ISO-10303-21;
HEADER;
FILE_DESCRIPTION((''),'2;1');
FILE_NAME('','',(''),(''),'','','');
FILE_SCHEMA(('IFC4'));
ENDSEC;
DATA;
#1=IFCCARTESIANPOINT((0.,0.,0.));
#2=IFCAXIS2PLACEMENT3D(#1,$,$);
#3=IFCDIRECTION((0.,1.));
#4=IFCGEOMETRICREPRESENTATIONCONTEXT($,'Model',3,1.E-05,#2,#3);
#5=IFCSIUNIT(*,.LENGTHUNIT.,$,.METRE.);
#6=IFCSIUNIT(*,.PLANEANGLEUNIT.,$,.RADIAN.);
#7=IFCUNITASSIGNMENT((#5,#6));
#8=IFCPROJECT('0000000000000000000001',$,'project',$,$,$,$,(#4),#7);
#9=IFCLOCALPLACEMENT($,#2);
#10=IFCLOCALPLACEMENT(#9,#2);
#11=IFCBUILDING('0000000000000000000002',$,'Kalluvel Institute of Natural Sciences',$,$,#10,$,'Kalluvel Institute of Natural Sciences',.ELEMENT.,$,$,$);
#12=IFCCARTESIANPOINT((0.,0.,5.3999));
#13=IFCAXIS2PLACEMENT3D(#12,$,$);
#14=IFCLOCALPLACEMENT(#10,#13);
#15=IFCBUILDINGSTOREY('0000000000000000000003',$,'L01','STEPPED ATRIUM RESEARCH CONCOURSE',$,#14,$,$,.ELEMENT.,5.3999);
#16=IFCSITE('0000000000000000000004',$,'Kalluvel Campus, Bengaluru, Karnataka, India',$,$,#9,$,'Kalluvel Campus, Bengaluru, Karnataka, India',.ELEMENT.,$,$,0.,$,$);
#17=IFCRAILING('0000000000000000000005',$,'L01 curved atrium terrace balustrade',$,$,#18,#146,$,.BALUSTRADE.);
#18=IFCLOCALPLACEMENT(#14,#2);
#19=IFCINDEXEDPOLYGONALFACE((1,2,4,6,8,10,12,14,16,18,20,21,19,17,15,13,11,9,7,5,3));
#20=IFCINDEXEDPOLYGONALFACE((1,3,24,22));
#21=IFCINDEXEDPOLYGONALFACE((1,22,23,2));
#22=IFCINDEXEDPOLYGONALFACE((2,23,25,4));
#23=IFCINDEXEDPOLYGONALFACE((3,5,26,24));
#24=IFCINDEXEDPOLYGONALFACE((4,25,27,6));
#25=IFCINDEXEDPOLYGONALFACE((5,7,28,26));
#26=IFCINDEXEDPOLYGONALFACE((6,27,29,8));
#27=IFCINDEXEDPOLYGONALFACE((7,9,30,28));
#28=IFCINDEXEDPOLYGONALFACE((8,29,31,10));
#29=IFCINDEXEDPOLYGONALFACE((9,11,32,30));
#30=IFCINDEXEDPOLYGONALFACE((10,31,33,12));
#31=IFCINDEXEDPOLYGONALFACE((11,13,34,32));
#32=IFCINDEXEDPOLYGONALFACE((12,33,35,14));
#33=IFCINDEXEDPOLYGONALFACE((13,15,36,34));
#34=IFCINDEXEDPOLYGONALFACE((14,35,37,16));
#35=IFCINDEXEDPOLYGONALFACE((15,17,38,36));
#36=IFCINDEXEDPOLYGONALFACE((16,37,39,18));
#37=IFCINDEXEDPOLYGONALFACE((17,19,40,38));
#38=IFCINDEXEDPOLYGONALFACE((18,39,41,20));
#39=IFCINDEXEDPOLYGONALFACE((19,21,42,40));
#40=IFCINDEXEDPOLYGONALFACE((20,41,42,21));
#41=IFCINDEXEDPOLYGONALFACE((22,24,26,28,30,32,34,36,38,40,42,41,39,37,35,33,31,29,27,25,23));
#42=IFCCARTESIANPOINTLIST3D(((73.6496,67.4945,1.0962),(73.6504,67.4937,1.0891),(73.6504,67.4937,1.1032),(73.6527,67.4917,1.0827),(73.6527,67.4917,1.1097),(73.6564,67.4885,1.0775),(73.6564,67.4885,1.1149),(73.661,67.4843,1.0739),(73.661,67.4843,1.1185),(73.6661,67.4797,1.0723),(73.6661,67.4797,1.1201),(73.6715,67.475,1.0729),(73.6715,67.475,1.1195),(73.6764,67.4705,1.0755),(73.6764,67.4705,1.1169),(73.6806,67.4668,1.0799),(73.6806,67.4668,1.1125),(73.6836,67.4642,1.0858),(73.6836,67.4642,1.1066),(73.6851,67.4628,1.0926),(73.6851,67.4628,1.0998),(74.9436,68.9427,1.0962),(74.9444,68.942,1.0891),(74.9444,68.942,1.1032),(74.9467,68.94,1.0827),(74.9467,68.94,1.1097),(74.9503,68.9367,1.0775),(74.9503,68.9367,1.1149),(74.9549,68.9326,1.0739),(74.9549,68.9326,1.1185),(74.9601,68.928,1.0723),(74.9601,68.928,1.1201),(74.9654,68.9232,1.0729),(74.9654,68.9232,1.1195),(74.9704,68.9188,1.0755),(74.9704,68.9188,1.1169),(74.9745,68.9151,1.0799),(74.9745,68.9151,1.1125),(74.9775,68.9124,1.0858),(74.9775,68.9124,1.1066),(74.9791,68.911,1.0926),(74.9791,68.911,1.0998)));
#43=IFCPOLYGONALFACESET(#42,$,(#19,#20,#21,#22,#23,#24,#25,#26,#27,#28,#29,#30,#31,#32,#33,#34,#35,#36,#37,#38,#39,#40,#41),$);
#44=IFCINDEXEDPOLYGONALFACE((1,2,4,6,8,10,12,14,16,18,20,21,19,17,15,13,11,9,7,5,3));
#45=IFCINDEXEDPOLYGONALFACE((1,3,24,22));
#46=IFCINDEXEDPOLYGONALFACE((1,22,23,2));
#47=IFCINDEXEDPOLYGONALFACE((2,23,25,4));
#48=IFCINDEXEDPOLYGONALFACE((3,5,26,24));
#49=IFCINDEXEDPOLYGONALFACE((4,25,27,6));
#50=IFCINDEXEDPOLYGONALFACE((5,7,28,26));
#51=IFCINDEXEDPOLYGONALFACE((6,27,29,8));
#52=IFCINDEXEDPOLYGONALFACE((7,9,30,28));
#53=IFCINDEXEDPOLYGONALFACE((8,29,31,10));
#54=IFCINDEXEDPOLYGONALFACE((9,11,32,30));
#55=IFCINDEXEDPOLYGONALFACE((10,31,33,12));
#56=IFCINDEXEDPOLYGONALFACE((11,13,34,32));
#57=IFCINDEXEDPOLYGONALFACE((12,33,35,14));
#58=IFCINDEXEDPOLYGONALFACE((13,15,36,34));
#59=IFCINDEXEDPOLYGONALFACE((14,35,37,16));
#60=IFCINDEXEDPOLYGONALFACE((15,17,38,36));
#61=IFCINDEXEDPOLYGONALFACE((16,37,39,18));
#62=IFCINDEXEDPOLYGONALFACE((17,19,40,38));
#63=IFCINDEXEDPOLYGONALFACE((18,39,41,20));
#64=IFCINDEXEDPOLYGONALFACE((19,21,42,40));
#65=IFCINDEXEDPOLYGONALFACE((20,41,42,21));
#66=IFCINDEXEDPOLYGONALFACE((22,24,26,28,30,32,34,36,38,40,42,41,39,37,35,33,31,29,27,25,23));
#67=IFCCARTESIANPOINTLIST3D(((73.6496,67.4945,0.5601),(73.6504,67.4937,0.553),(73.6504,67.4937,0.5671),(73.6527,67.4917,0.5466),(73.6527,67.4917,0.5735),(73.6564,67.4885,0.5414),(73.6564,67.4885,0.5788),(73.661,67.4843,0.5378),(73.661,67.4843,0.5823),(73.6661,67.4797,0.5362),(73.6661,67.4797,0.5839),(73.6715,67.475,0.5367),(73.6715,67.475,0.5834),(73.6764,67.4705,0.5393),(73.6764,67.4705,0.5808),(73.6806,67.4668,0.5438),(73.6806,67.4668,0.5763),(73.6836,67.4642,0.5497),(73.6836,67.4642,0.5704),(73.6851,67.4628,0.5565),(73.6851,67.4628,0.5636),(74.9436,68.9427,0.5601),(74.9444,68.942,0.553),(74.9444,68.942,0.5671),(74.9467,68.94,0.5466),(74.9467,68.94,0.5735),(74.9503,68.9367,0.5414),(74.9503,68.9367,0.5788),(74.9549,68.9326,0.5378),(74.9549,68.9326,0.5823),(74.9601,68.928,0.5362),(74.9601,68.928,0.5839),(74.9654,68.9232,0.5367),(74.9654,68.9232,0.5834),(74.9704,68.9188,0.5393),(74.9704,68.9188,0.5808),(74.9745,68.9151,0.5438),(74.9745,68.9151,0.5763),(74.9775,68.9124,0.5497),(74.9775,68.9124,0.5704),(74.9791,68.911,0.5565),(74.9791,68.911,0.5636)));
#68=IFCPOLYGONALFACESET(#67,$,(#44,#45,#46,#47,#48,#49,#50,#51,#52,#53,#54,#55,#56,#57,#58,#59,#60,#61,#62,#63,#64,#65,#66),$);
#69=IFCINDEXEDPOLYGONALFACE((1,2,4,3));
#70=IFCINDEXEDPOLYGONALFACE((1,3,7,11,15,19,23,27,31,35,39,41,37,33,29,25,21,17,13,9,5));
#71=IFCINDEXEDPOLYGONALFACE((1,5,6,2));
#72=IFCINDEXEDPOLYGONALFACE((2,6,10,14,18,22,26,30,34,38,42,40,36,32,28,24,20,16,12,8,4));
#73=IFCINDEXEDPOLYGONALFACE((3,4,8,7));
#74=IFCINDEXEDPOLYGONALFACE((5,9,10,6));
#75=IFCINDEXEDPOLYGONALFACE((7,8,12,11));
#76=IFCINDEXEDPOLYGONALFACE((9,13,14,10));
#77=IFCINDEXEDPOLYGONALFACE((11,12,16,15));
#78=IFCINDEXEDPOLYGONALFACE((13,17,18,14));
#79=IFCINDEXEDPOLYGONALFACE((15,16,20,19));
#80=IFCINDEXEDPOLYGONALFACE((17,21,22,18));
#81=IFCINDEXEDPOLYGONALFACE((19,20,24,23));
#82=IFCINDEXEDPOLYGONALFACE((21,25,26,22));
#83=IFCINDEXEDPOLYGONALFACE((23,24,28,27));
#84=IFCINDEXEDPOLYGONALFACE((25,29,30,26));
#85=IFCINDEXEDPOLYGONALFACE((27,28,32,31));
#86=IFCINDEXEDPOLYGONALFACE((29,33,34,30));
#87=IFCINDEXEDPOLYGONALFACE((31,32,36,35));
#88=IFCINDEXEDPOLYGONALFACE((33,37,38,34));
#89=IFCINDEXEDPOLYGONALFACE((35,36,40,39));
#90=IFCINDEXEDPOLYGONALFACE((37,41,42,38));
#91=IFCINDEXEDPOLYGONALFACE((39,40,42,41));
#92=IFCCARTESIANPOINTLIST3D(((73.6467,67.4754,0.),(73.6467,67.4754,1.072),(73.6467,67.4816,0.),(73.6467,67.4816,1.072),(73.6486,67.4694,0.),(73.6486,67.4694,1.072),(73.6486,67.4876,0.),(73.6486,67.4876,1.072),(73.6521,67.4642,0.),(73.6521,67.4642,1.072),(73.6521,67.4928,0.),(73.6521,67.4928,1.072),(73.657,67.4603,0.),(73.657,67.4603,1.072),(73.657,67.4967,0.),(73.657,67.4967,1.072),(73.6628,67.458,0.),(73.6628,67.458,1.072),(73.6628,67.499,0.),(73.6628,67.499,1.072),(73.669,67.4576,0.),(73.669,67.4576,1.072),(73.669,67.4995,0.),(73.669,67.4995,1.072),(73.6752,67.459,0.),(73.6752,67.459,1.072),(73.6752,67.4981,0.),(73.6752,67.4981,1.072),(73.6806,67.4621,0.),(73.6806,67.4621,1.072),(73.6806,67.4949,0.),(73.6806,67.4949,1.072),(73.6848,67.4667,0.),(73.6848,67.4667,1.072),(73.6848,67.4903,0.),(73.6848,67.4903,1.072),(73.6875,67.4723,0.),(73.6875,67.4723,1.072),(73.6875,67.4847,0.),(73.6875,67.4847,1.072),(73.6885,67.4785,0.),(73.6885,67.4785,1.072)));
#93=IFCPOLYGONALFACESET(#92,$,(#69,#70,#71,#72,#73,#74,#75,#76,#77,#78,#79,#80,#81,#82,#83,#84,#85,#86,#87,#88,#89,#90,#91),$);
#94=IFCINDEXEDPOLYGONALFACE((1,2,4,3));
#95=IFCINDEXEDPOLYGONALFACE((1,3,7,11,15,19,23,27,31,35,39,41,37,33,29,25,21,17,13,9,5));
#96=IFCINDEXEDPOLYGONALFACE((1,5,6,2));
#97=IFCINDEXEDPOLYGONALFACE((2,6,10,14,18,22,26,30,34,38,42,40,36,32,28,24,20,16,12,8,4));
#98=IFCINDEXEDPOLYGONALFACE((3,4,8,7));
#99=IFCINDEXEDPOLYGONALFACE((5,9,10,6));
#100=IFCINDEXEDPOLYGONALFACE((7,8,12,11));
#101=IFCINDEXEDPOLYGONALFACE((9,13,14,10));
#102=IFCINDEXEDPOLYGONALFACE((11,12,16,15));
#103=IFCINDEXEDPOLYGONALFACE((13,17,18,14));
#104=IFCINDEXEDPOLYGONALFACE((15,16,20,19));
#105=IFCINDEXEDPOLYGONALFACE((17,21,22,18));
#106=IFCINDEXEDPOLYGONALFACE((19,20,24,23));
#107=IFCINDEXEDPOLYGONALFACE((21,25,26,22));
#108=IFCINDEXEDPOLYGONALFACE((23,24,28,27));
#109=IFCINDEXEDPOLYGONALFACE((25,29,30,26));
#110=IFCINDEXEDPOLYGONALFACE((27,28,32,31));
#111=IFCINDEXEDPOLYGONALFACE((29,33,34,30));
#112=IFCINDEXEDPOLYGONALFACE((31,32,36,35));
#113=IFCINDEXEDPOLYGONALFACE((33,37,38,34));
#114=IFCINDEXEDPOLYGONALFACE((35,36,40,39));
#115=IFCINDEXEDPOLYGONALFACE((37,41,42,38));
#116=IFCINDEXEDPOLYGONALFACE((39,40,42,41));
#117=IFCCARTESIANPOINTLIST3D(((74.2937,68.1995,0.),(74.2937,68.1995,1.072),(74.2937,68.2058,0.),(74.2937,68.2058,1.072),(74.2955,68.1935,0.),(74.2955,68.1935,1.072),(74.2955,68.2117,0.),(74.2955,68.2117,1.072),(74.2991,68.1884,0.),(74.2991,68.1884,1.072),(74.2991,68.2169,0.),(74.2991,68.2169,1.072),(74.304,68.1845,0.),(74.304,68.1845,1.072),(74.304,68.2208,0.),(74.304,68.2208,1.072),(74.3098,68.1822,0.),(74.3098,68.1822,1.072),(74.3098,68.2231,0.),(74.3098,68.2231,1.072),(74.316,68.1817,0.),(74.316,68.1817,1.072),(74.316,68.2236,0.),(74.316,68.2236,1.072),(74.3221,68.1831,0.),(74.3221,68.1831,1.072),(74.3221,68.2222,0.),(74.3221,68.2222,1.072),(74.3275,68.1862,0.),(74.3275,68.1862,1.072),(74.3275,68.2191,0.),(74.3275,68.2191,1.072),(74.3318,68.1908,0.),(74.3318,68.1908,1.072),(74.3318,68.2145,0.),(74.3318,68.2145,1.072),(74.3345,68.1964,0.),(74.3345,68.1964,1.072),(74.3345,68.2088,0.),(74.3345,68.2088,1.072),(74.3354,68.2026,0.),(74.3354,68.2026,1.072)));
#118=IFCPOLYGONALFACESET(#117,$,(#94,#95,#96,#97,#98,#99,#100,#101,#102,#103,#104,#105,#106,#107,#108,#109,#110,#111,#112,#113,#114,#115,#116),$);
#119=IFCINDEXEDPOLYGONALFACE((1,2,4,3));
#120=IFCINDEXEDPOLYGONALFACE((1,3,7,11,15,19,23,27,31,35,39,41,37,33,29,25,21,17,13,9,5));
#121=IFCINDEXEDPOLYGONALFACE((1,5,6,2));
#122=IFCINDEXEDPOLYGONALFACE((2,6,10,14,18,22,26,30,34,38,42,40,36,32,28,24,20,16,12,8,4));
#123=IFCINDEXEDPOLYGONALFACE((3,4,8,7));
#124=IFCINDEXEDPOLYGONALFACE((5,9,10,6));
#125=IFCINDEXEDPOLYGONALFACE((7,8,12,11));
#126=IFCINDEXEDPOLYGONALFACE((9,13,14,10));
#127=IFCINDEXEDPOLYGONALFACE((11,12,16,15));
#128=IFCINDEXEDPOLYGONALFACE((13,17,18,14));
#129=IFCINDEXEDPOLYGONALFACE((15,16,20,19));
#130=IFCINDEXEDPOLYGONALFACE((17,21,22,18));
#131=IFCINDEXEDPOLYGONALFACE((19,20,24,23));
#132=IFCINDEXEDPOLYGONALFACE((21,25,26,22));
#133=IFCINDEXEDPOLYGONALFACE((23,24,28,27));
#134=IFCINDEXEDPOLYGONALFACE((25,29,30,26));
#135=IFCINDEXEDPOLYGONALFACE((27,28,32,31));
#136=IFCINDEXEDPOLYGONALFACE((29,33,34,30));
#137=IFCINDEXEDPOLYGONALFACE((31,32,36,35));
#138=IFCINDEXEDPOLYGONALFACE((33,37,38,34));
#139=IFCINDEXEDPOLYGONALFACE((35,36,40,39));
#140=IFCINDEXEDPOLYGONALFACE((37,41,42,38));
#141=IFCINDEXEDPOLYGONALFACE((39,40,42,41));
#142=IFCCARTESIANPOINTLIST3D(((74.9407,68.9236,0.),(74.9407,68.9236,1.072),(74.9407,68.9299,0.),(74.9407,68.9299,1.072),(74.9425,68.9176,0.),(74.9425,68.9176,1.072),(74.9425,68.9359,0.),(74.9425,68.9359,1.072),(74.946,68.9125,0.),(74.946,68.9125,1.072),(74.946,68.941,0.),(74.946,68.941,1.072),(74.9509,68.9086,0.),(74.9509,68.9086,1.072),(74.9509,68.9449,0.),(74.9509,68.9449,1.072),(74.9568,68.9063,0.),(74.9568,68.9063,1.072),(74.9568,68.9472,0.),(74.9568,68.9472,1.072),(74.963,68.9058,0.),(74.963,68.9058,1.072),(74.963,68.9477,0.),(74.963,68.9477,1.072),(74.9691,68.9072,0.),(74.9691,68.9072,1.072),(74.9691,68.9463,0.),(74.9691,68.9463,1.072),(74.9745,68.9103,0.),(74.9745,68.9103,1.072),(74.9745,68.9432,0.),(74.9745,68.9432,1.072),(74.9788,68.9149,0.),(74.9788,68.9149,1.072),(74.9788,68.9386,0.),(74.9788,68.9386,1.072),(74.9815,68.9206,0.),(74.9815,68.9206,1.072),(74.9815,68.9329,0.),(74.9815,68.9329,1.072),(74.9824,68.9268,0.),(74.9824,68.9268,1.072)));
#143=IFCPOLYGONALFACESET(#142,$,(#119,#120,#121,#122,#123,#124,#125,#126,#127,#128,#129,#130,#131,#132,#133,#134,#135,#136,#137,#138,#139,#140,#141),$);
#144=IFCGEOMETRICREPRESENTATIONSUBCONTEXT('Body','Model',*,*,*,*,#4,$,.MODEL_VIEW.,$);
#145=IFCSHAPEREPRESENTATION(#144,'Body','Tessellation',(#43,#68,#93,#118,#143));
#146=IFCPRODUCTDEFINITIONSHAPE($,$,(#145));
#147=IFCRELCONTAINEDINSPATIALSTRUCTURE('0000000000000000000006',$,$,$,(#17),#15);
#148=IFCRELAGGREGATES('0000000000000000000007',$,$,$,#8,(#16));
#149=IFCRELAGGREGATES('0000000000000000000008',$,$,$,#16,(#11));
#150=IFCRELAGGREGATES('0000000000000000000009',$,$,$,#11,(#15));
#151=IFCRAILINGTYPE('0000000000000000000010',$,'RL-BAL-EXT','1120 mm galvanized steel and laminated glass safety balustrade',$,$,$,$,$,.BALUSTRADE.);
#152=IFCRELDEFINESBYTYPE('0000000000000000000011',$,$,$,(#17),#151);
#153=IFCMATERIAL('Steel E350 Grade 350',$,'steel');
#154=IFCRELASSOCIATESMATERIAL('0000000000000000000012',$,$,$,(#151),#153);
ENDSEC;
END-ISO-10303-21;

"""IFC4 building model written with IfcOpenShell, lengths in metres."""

from ifc_helpers import new_model, si_unit, direction, frame, origin, origin_2d, place, context, subcontext, project, spatial, circle, extrude, material, type_object, element, save


model = new_model("IFC4")

# Units and contexts
model_context = context("Model", 3, precision=1e-05, world=origin(), true_north=direction((0.0, 1.0)))
body_context = subcontext(model_context, "Body", "Model", "MODEL_VIEW")
ifc_project = project(units=[si_unit("LENGTHUNIT", "METRE"), si_unit("PLANEANGLEUNIT", "RADIAN")], contexts=[model_context])

# Site, building, storey
site_placement = place(None, origin())
site = spatial("IfcSite", under=ifc_project, at=site_placement, Name="Kalluvel Campus, Bengaluru, Karnataka, India", LongName="Kalluvel Campus, Bengaluru, Karnataka, India", CompositionType="ELEMENT", RefElevation=0.0)
building_placement = place(site_placement, origin())
building = spatial("IfcBuilding", under=site, at=building_placement, Name="Kalluvel Institute of Natural Sciences", LongName="Kalluvel Institute of Natural Sciences", CompositionType="ELEMENT")
storey_placement = place(building_placement, frame((0.0, 0.0, 5.3999)))
storey = spatial("IfcBuildingStorey", under=building, at=storey_placement, Name="L01", Description="STEPPED ATRIUM RESEARCH CONCOURSE", CompositionType="ELEMENT", Elevation=5.3999)

# Railing
ifc_material_1 = material(Name="Steel E350 Grade 350", Category="steel")
railing_type = type_object("IfcRailingType", Name="RL-BAL-EXT", Description="1120 mm galvanized steel and laminated glass safety balustrade", PredefinedType="BALUSTRADE", material=ifc_material_1)
railing_1_placement = place(storey_placement, frame((73.6675, 67.4785, 0.0)))
element("IfcRailing", 1, at=railing_1_placement, inside=storey, type_object=railing_type, Name="L01 curved atrium terrace balustrade", PredefinedType="BALUSTRADE", context=body_context, shape_type="SweptSolid", body=[
    extrude(circle(Radius=0.0239, at=origin_2d()), frame((0.0, 0.0, 1.0962), z_axis=(0.666266, 0.745715, 0.0), x_axis=(-0.745715, 0.666266, 0.0)), (0.0, 0.0, 1.0), 1.9421),
    extrude(circle(Radius=0.0239, at=origin_2d()), frame((0.0, 0.0, 0.5601), z_axis=(0.666266, 0.745715, 0.0), x_axis=(-0.745715, 0.666266, 0.0)), (0.0, 0.0, 1.0), 1.9421),
    extrude(circle(Radius=0.021, at=origin_2d()), origin(), (0.0, 0.0, 1.0), 1.072),
    extrude(circle(Radius=0.021, at=origin_2d()), frame((0.647, 0.7241, 0.0)), (0.0, 0.0, 1.0), 1.072),
    extrude(circle(Radius=0.021, at=origin_2d()), frame((1.2939, 1.4482, 0.0)), (0.0, 0.0, 1.0), 1.072),
])

save(model, "model.ifc")
